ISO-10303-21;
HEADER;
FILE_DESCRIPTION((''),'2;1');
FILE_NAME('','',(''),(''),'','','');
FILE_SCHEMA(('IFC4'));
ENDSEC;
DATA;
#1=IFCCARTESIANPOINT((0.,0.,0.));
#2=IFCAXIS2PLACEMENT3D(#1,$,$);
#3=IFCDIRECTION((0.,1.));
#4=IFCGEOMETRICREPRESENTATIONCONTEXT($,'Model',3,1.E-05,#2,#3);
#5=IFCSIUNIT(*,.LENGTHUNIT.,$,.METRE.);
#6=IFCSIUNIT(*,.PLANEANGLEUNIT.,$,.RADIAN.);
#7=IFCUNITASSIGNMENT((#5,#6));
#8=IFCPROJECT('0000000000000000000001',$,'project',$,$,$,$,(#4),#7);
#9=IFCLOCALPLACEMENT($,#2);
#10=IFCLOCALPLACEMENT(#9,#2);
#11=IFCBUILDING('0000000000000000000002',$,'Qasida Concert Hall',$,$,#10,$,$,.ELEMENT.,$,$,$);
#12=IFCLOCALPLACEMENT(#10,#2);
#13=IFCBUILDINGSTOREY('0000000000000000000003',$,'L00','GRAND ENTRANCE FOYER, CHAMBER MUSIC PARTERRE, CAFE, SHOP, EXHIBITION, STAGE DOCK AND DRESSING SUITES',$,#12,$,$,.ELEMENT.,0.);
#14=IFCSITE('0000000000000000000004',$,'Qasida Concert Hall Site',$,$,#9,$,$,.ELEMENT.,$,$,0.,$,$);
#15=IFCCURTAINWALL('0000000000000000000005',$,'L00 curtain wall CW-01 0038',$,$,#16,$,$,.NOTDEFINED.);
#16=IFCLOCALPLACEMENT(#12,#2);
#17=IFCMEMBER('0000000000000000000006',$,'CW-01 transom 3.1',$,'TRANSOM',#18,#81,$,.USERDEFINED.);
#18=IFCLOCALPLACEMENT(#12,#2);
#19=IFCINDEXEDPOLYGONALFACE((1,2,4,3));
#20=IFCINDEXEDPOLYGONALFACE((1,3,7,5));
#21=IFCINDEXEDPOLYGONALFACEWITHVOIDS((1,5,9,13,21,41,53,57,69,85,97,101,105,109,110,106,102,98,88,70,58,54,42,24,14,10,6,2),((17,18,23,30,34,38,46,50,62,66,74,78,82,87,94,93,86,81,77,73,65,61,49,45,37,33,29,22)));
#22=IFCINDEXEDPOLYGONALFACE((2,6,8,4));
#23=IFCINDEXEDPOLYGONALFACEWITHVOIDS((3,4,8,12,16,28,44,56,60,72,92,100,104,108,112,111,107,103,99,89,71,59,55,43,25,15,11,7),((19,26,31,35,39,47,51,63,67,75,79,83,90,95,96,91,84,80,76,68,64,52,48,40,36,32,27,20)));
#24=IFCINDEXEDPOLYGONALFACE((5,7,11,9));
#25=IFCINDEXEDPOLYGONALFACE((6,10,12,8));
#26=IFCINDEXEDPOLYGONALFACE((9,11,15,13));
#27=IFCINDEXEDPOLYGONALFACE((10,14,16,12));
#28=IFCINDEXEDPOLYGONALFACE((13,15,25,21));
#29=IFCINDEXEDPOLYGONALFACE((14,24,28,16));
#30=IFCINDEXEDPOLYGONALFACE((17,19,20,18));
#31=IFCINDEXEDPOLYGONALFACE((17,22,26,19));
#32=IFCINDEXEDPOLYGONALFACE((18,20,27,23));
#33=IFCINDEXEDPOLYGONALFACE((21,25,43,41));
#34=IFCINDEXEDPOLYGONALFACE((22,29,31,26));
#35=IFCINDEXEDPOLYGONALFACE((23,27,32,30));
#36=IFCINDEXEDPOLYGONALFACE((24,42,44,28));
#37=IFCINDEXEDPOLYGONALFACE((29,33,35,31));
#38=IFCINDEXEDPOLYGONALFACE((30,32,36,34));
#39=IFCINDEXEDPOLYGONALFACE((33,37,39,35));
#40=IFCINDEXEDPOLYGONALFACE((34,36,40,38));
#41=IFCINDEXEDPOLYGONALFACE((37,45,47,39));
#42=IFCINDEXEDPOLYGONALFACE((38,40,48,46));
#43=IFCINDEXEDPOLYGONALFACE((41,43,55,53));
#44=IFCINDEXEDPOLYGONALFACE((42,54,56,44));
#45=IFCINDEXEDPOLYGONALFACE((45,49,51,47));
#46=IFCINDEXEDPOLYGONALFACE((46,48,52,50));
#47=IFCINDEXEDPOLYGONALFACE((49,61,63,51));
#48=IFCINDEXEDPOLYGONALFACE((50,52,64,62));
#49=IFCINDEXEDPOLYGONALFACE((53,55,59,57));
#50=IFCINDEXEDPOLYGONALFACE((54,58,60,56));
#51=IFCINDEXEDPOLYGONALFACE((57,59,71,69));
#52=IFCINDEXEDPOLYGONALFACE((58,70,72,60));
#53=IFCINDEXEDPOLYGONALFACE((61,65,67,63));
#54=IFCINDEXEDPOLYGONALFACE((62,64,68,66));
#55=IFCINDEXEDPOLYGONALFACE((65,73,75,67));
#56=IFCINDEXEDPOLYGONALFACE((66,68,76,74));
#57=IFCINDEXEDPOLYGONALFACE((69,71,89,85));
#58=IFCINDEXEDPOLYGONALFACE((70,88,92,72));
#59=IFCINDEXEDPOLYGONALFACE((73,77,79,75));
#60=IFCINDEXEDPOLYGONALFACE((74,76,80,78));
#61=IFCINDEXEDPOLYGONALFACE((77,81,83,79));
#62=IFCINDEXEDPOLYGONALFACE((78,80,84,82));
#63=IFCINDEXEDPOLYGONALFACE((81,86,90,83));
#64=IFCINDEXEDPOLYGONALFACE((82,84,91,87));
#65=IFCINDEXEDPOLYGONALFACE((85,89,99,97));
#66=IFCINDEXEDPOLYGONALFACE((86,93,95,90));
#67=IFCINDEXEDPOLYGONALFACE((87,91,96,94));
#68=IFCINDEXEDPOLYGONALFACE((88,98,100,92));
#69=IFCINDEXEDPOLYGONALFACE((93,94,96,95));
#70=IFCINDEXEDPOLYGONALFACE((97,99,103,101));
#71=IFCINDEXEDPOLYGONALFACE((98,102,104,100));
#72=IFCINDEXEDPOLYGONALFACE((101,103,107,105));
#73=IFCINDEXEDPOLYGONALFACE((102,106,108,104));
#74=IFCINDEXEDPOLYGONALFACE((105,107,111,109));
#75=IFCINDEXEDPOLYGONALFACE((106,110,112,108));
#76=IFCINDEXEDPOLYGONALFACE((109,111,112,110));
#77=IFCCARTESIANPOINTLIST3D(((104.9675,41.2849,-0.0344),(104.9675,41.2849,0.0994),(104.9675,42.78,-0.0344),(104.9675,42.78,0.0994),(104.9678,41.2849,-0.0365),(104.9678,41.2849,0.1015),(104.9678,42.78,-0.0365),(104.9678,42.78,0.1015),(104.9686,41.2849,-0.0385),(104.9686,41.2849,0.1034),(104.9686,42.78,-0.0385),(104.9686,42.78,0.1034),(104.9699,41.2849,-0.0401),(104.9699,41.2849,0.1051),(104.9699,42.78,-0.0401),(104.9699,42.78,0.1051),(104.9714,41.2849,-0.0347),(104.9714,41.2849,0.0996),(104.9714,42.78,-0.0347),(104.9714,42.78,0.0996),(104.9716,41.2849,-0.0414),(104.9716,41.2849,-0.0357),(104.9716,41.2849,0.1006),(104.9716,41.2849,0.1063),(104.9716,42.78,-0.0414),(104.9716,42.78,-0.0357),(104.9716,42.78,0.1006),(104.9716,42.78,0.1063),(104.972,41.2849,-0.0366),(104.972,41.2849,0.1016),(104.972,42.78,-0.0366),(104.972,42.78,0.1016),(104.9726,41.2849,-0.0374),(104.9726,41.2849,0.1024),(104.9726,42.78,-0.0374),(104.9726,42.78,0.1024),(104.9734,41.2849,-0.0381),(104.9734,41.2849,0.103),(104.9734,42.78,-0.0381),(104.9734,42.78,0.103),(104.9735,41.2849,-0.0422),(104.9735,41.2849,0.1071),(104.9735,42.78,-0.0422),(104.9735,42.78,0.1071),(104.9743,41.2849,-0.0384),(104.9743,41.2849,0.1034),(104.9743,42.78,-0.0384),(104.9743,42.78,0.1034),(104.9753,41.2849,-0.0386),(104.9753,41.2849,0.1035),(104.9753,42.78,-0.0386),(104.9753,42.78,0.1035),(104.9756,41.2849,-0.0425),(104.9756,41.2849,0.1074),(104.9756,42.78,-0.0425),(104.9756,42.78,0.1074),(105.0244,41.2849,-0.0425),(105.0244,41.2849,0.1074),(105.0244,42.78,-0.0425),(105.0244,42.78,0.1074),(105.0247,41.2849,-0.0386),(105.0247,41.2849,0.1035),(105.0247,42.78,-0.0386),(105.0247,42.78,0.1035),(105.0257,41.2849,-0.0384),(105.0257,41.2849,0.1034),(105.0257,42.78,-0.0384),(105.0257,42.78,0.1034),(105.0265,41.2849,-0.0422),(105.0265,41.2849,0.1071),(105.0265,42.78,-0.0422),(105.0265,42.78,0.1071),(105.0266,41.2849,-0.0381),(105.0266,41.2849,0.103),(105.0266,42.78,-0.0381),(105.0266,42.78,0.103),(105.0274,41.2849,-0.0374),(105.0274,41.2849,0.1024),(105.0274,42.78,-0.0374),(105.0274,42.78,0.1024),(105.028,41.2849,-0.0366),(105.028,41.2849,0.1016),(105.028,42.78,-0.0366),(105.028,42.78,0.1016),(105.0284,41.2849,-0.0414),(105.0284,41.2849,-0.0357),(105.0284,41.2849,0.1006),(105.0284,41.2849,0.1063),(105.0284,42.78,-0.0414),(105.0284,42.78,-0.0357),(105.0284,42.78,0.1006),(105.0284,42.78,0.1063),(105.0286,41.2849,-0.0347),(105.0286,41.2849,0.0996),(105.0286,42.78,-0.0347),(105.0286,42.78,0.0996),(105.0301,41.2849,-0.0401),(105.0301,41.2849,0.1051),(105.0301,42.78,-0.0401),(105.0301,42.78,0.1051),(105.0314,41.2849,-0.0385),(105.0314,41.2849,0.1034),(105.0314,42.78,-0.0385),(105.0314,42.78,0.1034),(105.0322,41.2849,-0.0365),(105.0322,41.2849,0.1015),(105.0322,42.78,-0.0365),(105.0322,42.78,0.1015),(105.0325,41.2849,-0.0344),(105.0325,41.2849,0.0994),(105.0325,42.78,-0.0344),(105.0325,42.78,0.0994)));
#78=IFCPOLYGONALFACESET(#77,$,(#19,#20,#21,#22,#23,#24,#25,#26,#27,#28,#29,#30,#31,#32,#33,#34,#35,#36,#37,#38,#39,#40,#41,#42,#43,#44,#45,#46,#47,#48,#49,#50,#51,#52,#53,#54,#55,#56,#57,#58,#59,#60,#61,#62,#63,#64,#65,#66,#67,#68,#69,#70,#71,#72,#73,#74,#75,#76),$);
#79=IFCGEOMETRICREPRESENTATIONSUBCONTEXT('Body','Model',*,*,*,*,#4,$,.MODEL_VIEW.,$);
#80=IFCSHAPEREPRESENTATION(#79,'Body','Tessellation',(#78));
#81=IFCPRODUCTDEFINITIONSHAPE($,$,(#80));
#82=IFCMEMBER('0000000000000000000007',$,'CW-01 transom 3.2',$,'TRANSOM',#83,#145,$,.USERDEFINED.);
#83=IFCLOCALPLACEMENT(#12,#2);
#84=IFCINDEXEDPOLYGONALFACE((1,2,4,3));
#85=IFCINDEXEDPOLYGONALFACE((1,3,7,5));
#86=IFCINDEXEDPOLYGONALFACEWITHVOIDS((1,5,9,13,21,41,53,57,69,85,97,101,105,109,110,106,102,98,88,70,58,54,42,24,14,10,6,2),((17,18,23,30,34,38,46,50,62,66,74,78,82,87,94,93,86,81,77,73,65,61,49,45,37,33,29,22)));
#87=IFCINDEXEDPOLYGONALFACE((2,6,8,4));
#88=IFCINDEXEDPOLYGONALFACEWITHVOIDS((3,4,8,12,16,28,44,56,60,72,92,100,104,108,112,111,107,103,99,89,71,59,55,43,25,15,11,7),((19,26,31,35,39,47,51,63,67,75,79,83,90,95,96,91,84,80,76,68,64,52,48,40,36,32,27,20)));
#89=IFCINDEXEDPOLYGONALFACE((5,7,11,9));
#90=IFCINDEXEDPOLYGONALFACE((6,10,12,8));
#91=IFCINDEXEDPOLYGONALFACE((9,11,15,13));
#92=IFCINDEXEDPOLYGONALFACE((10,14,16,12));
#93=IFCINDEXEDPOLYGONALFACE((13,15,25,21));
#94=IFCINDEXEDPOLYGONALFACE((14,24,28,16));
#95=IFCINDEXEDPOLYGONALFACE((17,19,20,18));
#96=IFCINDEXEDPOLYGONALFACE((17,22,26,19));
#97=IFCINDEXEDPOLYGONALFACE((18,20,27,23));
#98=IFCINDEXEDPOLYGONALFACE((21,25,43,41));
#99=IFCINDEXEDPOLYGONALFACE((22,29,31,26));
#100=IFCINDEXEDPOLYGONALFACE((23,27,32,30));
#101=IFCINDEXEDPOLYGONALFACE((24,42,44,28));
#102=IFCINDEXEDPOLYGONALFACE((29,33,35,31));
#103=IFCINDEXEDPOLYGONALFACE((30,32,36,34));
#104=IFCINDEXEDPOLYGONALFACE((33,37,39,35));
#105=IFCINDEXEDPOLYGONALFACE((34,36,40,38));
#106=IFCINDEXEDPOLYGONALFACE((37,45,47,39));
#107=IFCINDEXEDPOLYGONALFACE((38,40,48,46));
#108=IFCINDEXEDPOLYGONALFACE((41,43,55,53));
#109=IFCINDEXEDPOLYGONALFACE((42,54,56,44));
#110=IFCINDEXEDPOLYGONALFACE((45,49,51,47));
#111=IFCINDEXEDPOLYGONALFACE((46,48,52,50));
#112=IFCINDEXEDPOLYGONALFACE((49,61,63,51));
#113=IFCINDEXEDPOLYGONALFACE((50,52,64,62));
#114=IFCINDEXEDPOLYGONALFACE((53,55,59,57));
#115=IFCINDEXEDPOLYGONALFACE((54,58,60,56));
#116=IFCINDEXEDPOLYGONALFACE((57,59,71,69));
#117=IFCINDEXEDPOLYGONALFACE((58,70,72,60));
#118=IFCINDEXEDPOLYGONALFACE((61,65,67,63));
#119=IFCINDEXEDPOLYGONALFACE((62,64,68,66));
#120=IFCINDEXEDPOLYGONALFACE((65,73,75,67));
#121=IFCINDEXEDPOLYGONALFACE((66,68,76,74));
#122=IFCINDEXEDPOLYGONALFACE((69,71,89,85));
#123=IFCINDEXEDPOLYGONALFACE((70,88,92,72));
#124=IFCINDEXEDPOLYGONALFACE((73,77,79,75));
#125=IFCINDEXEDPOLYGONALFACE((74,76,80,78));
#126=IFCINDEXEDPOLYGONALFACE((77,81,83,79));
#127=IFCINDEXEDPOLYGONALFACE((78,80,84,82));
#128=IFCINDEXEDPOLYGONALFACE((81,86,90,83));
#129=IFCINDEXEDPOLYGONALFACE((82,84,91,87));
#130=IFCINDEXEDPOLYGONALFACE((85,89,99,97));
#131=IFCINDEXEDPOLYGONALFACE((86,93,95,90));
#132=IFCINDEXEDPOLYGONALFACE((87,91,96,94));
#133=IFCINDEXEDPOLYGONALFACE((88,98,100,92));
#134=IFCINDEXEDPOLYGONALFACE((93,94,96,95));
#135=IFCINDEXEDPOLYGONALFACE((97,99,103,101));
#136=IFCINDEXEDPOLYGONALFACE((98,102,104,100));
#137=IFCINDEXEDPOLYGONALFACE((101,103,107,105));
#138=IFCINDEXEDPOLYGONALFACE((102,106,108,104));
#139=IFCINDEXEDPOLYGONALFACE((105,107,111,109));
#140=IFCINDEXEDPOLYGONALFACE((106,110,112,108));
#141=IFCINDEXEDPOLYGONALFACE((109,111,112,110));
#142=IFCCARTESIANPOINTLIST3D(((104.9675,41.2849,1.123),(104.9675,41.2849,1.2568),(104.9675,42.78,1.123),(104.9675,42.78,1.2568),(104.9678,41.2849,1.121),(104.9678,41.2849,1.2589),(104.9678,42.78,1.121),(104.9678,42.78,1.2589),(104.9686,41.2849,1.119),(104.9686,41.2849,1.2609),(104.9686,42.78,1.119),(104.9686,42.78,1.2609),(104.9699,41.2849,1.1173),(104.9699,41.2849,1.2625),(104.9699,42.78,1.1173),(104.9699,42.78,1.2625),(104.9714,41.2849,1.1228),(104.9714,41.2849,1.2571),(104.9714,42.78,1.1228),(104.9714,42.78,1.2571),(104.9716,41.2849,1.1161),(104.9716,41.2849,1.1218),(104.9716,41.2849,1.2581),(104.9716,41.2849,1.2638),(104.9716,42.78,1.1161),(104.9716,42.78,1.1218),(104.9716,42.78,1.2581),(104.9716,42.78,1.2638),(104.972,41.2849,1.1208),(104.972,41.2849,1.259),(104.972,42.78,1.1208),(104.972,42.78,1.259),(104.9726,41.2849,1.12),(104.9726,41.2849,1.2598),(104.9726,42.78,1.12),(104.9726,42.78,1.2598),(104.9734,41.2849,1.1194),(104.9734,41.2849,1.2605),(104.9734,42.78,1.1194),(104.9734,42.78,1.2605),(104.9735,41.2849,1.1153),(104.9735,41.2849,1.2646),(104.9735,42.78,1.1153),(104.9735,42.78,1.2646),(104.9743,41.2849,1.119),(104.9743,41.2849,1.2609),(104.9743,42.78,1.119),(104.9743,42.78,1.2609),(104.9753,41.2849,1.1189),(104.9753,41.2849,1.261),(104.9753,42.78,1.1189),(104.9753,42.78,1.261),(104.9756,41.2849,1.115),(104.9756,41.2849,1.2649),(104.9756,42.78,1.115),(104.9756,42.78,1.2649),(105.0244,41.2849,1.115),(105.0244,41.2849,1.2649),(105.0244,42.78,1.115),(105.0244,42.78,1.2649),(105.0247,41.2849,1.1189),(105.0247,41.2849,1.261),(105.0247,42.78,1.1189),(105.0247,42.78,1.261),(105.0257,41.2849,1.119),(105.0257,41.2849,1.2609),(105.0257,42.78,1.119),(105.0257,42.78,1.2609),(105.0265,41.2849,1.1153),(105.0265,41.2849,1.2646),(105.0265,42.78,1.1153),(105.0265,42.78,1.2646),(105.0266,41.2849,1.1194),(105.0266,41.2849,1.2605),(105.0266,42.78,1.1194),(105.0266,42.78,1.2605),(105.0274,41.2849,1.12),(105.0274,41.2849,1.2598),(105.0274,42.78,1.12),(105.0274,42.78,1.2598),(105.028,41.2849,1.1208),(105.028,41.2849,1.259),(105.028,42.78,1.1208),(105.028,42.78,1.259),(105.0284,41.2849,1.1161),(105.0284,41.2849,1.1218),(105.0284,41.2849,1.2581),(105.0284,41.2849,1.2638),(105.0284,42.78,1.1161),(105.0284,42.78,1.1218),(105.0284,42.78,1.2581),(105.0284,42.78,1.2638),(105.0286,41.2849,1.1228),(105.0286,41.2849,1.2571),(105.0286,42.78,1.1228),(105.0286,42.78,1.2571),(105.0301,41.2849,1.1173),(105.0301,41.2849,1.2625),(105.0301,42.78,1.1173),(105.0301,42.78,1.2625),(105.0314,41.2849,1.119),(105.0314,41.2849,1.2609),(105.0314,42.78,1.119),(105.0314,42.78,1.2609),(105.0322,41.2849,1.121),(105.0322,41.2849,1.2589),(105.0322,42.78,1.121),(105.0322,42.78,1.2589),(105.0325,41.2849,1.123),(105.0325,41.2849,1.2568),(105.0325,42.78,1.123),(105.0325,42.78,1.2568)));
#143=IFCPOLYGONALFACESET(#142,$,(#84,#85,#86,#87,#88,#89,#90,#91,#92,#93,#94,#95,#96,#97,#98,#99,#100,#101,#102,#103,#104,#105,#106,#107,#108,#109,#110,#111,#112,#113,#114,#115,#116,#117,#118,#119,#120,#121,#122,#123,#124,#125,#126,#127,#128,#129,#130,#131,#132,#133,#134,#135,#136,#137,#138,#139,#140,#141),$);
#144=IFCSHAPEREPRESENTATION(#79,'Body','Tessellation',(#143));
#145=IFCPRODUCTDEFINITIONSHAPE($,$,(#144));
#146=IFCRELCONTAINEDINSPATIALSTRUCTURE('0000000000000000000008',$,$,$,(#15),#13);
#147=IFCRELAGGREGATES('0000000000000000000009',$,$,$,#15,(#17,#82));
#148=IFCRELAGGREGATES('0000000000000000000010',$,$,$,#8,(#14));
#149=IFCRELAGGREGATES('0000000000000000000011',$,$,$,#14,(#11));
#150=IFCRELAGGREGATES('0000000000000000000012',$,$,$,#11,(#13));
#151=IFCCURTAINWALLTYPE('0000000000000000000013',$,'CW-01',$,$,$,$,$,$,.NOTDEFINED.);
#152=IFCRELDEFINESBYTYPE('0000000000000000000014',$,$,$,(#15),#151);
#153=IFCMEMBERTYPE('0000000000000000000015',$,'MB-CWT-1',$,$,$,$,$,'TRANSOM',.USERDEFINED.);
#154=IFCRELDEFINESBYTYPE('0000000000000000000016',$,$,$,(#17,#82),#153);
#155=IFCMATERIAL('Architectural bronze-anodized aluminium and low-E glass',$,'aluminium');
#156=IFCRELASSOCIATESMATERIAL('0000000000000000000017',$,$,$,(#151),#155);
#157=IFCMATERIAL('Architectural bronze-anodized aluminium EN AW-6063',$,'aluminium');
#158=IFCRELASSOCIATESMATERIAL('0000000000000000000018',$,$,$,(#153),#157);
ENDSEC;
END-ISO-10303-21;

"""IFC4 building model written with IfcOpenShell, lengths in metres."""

from ifc_helpers import new_model, si_unit, direction, frame, origin, origin_2d, place, context, subcontext, project, spatial, hollow_rectangle, extrude, material, material_profile, profile_set, type_object, element, aggregate, save


model = new_model("IFC4")

# Units and contexts
model_context = context("Model", 3, precision=1e-05, world=origin(), true_north=direction((0.0, 1.0)))
body_context = subcontext(model_context, "Body", "Model", "MODEL_VIEW")
ifc_project = project(units=[si_unit("LENGTHUNIT", "METRE"), si_unit("PLANEANGLEUNIT", "RADIAN")], contexts=[model_context])

# Site, building, storey
site_placement = place(None, origin())
site = spatial("IfcSite", under=ifc_project, at=site_placement, Name="Qasida Concert Hall Site", CompositionType="ELEMENT", RefElevation=0.0)
building_placement = place(site_placement, origin())
building = spatial("IfcBuilding", under=site, at=building_placement, Name="Qasida Concert Hall", CompositionType="ELEMENT")
storey_placement = place(building_placement, origin())
storey = spatial("IfcBuildingStorey", under=building, at=storey_placement, Name="L00", Description="GRAND ENTRANCE FOYER, CHAMBER MUSIC PARTERRE, CAFE, SHOP, EXHIBITION, STAGE DOCK AND DRESSING SUITES", CompositionType="ELEMENT", Elevation=0.0)

# Curtain wall, members
ifc_material_1 = material(Name="Architectural bronze-anodized aluminium and low-E glass", Category="aluminium")
curtain_wall_type = type_object("IfcCurtainWallType", Name="CW-01", PredefinedType="NOTDEFINED", material=ifc_material_1)
curtain_wall_placement = place(storey_placement, origin())
curtain_wall = element("IfcCurtainWall", 1, at=curtain_wall_placement, inside=storey, type_object=curtain_wall_type, Name="L00 curtain wall CW-01 0038", PredefinedType="NOTDEFINED")
ifc_material_2 = material(Name="Architectural bronze-anodized aluminium EN AW-6063", Category="aluminium")
ifc_material_profile_1 = material_profile(ifc_material_2, hollow_rectangle(XDim=0.0649, YDim=0.1499, WallThickness=0.0039, InnerFilletRadius=0.0039, OuterFilletRadius=0.0081, at=origin_2d()), Name="CWT 150x65x4")
ifc_profile_set_1 = profile_set([ifc_material_profile_1], Name="Architectural bronze-anodized aluminium EN AW-6063")
member_type_1 = type_object("IfcMemberType", Name="MB-CWT-1", ElementType="TRANSOM", PredefinedType="USERDEFINED", material=ifc_profile_set_1)
member_1_placement = place(storey_placement, frame((105.0, 41.2849, 0.0325), z_axis=(0.0, 1.0, 0.0), x_axis=(-1.0, 0.0, 0.0)))
member_1 = element("IfcMember", 2, at=member_1_placement, type_object=member_type_1, Name="CW-01 transom 3.1", ObjectType="TRANSOM", PredefinedType="USERDEFINED", context=body_context, shape_type="SweptSolid", body=[
    extrude(hollow_rectangle(XDim=0.0649, YDim=0.1499, WallThickness=0.0039, InnerFilletRadius=0.0039, OuterFilletRadius=0.0081, at=origin_2d()), origin(), (0.0, 0.0, 1.0), 1.4951),
])
member_2_placement = place(storey_placement, frame((105.0, 41.2849, 1.1899), z_axis=(0.0, 1.0, 0.0), x_axis=(-1.0, 0.0, 0.0)))
member_2 = element("IfcMember", 3, at=member_2_placement, type_object=member_type_1, Name="CW-01 transom 3.2", ObjectType="TRANSOM", PredefinedType="USERDEFINED", context=body_context, shape_type="SweptSolid", body=[
    extrude(hollow_rectangle(XDim=0.0649, YDim=0.1499, WallThickness=0.0039, InnerFilletRadius=0.0039, OuterFilletRadius=0.0081, at=origin_2d()), origin(), (0.0, 0.0, 1.0), 1.4951),
])
aggregate(curtain_wall, [member_1, member_2])

save(model, "model.ifc")
